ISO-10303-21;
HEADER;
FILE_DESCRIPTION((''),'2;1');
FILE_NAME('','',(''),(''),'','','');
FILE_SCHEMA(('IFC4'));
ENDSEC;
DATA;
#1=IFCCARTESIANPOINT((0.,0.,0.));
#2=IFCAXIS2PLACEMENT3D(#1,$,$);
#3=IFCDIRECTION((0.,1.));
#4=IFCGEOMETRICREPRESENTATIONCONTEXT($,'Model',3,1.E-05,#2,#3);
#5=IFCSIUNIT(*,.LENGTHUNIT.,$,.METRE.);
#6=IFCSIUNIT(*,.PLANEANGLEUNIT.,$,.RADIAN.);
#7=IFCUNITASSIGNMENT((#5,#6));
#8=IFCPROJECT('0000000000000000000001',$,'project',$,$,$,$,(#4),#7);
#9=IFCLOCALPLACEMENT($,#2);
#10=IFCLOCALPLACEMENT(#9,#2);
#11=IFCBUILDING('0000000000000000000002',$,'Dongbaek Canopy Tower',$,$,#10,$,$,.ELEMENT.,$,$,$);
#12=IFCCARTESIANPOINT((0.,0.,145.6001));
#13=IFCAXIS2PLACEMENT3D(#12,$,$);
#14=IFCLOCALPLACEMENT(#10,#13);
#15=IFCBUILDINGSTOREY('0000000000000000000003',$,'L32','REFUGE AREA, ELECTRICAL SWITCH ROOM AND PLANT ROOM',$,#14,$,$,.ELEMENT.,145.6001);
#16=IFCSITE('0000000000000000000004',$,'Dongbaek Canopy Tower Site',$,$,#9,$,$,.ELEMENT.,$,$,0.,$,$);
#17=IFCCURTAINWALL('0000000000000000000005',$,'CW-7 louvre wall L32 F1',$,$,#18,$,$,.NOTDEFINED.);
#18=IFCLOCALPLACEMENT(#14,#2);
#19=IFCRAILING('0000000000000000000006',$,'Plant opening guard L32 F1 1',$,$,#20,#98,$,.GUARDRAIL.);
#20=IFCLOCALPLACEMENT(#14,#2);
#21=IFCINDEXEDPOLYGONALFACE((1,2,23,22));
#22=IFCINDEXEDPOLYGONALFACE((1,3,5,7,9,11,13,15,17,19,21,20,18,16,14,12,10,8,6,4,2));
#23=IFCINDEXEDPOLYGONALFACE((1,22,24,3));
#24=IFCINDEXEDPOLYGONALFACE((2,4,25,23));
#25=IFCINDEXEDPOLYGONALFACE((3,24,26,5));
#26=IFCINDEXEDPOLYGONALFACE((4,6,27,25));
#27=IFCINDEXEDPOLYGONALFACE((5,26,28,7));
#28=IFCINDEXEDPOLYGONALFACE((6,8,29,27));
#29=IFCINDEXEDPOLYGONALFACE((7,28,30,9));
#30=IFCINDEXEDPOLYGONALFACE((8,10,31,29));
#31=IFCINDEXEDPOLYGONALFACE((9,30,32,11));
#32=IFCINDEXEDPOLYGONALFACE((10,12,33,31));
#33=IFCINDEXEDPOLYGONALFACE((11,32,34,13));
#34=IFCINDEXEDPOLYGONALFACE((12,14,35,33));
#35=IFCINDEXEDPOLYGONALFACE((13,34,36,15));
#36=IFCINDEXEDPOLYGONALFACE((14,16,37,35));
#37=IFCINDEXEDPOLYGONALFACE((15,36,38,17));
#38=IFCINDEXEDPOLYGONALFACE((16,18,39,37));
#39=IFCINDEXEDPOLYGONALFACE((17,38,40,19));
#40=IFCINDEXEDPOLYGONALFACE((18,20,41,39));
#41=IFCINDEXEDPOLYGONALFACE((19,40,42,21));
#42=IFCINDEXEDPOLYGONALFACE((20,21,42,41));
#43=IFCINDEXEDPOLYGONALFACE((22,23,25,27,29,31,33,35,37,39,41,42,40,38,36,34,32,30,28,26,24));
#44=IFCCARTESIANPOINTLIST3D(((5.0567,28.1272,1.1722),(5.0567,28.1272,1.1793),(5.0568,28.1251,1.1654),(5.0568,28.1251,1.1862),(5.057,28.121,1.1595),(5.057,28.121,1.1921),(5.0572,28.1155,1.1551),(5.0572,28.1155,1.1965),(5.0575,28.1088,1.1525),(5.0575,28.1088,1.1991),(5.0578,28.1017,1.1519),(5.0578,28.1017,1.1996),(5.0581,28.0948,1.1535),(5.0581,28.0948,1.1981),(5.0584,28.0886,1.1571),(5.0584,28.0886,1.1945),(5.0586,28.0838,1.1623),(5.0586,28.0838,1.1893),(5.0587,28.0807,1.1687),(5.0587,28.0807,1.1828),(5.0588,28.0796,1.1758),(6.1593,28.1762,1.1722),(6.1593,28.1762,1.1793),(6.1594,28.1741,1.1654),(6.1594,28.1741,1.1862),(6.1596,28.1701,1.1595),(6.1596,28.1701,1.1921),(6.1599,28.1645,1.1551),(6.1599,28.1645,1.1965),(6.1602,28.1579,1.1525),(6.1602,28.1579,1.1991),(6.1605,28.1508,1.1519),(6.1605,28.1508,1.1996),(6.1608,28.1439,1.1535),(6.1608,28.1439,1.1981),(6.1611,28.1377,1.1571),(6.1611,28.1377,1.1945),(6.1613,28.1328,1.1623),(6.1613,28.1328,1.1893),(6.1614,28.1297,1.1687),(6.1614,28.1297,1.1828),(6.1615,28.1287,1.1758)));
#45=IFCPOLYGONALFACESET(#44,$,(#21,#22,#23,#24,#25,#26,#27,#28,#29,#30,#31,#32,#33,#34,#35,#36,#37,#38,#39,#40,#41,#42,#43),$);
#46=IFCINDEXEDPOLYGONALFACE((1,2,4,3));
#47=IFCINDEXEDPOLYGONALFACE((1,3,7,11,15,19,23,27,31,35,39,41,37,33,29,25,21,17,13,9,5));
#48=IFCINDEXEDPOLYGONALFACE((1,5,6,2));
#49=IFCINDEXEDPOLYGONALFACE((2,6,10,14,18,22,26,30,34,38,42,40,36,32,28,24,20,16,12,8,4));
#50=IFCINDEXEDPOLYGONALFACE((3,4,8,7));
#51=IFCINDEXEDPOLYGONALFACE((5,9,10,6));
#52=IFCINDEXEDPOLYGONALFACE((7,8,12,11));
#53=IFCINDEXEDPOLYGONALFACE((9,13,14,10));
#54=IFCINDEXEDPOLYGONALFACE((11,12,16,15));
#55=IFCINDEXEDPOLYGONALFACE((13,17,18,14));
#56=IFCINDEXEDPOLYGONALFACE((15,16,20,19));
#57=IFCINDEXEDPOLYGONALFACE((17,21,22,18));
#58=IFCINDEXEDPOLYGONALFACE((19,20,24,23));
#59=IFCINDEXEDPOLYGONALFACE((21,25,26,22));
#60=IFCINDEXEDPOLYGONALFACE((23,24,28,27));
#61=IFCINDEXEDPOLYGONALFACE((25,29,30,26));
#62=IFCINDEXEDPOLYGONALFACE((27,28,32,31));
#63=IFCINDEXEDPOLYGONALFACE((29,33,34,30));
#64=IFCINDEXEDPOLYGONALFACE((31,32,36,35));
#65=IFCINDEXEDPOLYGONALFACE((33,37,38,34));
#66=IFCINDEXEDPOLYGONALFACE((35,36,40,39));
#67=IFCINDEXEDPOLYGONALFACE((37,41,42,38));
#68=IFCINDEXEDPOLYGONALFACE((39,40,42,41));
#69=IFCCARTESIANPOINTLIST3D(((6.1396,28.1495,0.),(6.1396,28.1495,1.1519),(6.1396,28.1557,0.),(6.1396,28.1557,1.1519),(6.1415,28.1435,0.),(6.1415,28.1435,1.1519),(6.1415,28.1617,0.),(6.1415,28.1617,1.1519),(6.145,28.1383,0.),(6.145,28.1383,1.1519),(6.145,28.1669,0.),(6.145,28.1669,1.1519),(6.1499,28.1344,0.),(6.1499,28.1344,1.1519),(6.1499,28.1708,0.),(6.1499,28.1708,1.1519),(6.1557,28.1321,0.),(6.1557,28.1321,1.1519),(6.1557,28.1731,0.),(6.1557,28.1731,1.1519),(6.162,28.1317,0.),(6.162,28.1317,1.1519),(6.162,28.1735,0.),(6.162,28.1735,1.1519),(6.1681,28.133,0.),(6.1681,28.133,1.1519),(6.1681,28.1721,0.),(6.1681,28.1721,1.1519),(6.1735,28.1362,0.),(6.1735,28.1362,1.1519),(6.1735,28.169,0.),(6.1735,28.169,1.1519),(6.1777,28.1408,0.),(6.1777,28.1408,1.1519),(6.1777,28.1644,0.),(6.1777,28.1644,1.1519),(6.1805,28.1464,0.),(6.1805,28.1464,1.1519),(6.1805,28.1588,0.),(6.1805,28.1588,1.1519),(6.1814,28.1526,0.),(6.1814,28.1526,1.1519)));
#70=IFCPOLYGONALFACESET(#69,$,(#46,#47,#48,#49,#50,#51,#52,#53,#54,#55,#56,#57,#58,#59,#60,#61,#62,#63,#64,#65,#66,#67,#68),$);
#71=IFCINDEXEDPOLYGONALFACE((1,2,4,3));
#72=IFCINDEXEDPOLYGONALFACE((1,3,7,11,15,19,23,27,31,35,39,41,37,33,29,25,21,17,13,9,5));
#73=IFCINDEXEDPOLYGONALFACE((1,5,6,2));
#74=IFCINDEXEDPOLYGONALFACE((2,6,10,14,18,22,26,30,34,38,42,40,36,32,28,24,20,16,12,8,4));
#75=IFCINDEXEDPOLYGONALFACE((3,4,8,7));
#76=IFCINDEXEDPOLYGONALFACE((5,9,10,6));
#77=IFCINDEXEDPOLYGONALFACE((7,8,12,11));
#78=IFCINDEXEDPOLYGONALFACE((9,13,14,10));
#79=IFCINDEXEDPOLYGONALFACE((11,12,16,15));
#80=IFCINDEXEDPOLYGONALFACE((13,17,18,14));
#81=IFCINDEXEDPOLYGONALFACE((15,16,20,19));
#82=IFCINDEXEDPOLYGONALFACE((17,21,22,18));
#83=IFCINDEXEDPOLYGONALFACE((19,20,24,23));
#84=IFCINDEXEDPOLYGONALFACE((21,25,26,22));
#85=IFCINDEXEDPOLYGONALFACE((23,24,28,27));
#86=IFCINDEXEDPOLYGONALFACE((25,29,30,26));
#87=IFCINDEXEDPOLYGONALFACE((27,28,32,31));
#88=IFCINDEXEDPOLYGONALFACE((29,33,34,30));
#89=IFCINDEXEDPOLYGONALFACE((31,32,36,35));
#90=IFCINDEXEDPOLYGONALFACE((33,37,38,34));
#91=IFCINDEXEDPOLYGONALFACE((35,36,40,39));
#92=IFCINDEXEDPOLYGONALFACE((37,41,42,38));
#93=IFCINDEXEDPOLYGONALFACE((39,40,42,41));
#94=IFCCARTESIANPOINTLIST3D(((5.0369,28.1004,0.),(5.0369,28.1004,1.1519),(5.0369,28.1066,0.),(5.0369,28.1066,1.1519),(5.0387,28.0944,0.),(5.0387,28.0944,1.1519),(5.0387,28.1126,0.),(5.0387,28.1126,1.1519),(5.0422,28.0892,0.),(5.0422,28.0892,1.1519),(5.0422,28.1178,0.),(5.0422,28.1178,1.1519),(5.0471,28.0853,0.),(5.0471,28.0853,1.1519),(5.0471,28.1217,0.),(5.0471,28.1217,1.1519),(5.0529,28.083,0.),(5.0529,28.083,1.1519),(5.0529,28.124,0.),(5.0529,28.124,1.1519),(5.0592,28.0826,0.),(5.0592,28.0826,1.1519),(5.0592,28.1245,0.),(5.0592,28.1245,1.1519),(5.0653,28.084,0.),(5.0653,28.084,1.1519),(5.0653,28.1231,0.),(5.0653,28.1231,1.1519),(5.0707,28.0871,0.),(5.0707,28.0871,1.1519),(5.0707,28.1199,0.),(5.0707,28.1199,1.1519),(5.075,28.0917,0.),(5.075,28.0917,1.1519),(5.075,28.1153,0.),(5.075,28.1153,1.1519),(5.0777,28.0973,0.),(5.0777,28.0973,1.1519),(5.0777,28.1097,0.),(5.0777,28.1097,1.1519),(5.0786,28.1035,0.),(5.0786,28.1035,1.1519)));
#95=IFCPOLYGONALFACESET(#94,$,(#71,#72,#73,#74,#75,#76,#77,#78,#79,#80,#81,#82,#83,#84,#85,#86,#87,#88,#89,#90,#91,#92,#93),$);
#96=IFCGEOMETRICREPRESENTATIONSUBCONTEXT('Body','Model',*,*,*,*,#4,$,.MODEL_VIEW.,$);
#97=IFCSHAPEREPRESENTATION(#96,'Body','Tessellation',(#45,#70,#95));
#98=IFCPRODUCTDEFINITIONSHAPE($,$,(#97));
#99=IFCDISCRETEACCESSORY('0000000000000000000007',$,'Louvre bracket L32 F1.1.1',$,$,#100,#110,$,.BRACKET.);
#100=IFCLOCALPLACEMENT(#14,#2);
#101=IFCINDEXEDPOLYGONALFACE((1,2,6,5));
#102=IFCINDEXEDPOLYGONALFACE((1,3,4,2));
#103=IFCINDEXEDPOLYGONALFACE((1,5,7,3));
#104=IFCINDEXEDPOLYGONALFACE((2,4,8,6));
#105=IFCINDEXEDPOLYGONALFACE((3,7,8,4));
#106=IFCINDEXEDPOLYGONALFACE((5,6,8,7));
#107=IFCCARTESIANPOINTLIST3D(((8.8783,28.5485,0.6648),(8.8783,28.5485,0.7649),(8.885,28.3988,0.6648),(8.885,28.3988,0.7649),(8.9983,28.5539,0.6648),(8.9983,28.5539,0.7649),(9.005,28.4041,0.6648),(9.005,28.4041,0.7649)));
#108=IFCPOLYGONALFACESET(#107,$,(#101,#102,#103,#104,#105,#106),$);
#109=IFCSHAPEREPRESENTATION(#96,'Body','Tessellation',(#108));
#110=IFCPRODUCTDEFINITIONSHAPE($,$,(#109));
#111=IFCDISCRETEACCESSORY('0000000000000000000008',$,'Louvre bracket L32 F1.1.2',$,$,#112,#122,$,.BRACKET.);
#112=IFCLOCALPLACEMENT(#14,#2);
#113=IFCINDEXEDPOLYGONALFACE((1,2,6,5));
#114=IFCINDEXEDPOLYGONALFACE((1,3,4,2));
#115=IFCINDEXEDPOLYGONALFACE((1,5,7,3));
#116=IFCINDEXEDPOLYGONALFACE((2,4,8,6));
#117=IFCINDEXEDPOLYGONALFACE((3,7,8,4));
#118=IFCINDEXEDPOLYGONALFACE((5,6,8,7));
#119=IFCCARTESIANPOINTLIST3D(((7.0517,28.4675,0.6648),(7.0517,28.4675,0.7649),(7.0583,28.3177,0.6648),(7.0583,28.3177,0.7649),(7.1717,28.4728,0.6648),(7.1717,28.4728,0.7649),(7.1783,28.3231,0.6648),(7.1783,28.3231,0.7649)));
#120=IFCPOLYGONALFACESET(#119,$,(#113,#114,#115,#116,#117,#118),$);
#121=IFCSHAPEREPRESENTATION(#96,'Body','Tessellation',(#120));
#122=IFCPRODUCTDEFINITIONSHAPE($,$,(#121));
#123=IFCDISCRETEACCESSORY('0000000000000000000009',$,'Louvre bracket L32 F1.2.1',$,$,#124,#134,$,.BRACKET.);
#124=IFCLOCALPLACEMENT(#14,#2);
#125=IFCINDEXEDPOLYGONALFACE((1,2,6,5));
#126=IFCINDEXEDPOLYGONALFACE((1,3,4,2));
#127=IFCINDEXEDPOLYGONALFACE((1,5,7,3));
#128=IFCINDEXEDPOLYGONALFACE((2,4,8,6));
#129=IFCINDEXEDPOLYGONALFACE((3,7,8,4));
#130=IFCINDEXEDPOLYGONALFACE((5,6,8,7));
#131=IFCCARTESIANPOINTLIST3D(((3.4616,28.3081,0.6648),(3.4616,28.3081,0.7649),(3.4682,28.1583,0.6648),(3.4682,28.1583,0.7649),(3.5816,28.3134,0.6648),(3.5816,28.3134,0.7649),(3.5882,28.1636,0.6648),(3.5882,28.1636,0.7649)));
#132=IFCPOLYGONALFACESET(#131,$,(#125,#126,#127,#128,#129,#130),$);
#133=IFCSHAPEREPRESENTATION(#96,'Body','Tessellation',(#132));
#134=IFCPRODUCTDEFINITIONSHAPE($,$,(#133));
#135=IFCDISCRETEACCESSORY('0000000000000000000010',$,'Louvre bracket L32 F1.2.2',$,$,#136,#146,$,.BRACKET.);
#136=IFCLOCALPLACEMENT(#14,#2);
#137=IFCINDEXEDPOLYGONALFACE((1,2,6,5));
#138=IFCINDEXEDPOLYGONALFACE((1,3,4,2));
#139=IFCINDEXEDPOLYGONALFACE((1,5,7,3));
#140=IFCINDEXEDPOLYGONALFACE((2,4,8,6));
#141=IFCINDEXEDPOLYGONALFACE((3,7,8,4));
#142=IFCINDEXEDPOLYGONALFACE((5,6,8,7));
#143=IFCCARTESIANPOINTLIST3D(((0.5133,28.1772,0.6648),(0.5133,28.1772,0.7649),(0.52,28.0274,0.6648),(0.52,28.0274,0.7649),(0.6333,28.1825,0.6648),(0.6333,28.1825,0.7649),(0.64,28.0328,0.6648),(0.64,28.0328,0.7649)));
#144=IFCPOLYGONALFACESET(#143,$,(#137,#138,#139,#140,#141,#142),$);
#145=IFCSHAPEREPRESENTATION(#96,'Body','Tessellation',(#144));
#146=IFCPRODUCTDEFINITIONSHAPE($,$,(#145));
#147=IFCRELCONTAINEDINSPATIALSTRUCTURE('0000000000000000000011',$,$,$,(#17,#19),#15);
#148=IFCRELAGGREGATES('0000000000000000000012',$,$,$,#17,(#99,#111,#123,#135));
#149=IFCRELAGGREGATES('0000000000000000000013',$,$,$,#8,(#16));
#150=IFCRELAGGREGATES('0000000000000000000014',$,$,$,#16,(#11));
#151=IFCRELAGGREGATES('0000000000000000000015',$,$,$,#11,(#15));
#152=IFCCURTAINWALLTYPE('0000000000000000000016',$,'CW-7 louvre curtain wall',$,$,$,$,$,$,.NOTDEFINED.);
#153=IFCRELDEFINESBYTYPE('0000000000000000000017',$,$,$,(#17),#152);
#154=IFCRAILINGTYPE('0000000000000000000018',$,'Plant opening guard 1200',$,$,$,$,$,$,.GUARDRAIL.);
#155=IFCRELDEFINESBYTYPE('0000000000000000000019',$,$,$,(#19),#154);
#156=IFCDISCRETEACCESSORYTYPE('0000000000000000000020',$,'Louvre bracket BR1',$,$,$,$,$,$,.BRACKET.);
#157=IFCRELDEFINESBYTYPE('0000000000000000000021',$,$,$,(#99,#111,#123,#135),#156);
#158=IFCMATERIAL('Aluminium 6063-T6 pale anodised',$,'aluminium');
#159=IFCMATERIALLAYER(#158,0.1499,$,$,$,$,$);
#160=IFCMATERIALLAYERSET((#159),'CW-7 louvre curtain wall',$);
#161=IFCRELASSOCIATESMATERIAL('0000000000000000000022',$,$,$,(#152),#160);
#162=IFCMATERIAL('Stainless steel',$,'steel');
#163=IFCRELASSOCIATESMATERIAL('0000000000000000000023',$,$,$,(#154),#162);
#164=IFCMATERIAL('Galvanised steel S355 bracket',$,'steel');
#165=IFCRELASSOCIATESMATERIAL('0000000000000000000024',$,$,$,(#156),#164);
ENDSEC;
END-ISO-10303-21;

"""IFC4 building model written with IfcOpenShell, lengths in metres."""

from ifc_helpers import new_model, si_unit, direction, frame, origin, origin_2d, place, context, subcontext, project, spatial, rectangle, circle, extrude, material, layer, layer_set, type_object, element, aggregate, save


model = new_model("IFC4")

# Units and contexts
model_context = context("Model", 3, precision=1e-05, world=origin(), true_north=direction((0.0, 1.0)))
body_context = subcontext(model_context, "Body", "Model", "MODEL_VIEW")
ifc_project = project(units=[si_unit("LENGTHUNIT", "METRE"), si_unit("PLANEANGLEUNIT", "RADIAN")], contexts=[model_context])

# Site, building, storey
site_placement = place(None, origin())
site = spatial("IfcSite", under=ifc_project, at=site_placement, Name="Dongbaek Canopy Tower Site", CompositionType="ELEMENT", RefElevation=0.0)
building_placement = place(site_placement, origin())
building = spatial("IfcBuilding", under=site, at=building_placement, Name="Dongbaek Canopy Tower", CompositionType="ELEMENT")
storey_placement = place(building_placement, frame((0.0, 0.0, 145.6001)))
storey = spatial("IfcBuildingStorey", under=building, at=storey_placement, Name="L32", Description="REFUGE AREA, ELECTRICAL SWITCH ROOM AND PLANT ROOM", CompositionType="ELEMENT", Elevation=145.6001)

# Shared definitions
ifc_material_1 = material(Name="Aluminium 6063-T6 pale anodised", Category="aluminium")
ifc_layer_1 = layer(ifc_material_1, 0.1499)
ifc_layer_set_1 = layer_set([ifc_layer_1], Name="CW-7 louvre curtain wall")
curtain_wall_type = type_object("IfcCurtainWallType", Name="CW-7 louvre curtain wall", PredefinedType="NOTDEFINED", material=ifc_layer_set_1)

# Curtain wall
curtain_wall_1_placement = place(storey_placement, origin())
curtain_wall_1 = element("IfcCurtainWall", 1, at=curtain_wall_1_placement, inside=storey, type_object=curtain_wall_type, Name="CW-7 louvre wall L32 F1", PredefinedType="NOTDEFINED")

# Railing
ifc_material_2 = material(Name="Stainless steel", Category="steel")
railing_type = type_object("IfcRailingType", Name="Plant opening guard 1200", PredefinedType="GUARDRAIL", material=ifc_material_2)
railing_placement = place(storey_placement, frame((6.1604, 28.1526, 0.0)))
element("IfcRailing", 2, at=railing_placement, inside=storey, type_object=railing_type, Name="Plant opening guard L32 F1 1", PredefinedType="GUARDRAIL", context=body_context, shape_type="SweptSolid", body=[
    extrude(circle(Radius=0.0239, at=origin_2d()), frame((0.0, 0.0, 1.1758), z_axis=(-0.999011, -0.044455, 0.0), x_axis=(0.044455, -0.999011, 0.0)), (0.0, 0.0, 1.0), 1.1038),
    extrude(circle(Radius=0.021, at=origin_2d()), origin(), (0.0, 0.0, 1.0), 1.1519),
    extrude(circle(Radius=0.021, at=origin_2d()), frame((-1.1028, -0.0491, 0.0)), (0.0, 0.0, 1.0), 1.1519),
])

# Discrete accessories
ifc_material_3 = material(Name="Galvanised steel S355 bracket", Category="steel")
discrete_accessory_type = type_object("IfcDiscreteAccessoryType", Name="Louvre bracket BR1", PredefinedType="BRACKET", material=ifc_material_3)
discrete_accessory_1_placement = place(storey_placement, frame((8.9417, 28.4763, 0.6648), z_axis=(0.0, 0.0, 1.0), x_axis=(-0.999016, -0.04436, 0.0)))
discrete_accessory_1 = element("IfcDiscreteAccessory", 3, at=discrete_accessory_1_placement, type_object=discrete_accessory_type, Name="Louvre bracket L32 F1.1.1", PredefinedType="BRACKET", context=body_context, shape_type="SweptSolid", body=[
    extrude(rectangle(XDim=0.1201, YDim=0.1499, at=origin_2d()), origin(), (0.0, 0.0, 1.0), 0.1001),
])
discrete_accessory_2_placement = place(storey_placement, frame((7.115, 28.3953, 0.6648), z_axis=(0.0, 0.0, 1.0), x_axis=(-0.999016, -0.04436, 0.0)))
discrete_accessory_2 = element("IfcDiscreteAccessory", 4, at=discrete_accessory_2_placement, type_object=discrete_accessory_type, Name="Louvre bracket L32 F1.1.2", PredefinedType="BRACKET", context=body_context, shape_type="SweptSolid", body=[
    extrude(rectangle(XDim=0.1201, YDim=0.1499, at=origin_2d()), origin(), (0.0, 0.0, 1.0), 0.1001),
])
discrete_accessory_3_placement = place(storey_placement, frame((3.5249, 28.2358, 0.6648), z_axis=(0.0, 0.0, 1.0), x_axis=(-0.999016, -0.04436, 0.0)))
discrete_accessory_3 = element("IfcDiscreteAccessory", 5, at=discrete_accessory_3_placement, type_object=discrete_accessory_type, Name="Louvre bracket L32 F1.2.1", PredefinedType="BRACKET", context=body_context, shape_type="SweptSolid", body=[
    extrude(rectangle(XDim=0.1201, YDim=0.1499, at=origin_2d()), origin(), (0.0, 0.0, 1.0), 0.1001),
])
discrete_accessory_4_placement = place(storey_placement, frame((0.5767, 28.105, 0.6648), z_axis=(0.0, 0.0, 1.0), x_axis=(-0.999016, -0.04436, 0.0)))
discrete_accessory_4 = element("IfcDiscreteAccessory", 6, at=discrete_accessory_4_placement, type_object=discrete_accessory_type, Name="Louvre bracket L32 F1.2.2", PredefinedType="BRACKET", context=body_context, shape_type="SweptSolid", body=[
    extrude(rectangle(XDim=0.1201, YDim=0.1499, at=origin_2d()), origin(), (0.0, 0.0, 1.0), 0.1001),
])
aggregate(curtain_wall_1, [discrete_accessory_1, discrete_accessory_2, discrete_accessory_3, discrete_accessory_4])

save(model, "model.ifc")
